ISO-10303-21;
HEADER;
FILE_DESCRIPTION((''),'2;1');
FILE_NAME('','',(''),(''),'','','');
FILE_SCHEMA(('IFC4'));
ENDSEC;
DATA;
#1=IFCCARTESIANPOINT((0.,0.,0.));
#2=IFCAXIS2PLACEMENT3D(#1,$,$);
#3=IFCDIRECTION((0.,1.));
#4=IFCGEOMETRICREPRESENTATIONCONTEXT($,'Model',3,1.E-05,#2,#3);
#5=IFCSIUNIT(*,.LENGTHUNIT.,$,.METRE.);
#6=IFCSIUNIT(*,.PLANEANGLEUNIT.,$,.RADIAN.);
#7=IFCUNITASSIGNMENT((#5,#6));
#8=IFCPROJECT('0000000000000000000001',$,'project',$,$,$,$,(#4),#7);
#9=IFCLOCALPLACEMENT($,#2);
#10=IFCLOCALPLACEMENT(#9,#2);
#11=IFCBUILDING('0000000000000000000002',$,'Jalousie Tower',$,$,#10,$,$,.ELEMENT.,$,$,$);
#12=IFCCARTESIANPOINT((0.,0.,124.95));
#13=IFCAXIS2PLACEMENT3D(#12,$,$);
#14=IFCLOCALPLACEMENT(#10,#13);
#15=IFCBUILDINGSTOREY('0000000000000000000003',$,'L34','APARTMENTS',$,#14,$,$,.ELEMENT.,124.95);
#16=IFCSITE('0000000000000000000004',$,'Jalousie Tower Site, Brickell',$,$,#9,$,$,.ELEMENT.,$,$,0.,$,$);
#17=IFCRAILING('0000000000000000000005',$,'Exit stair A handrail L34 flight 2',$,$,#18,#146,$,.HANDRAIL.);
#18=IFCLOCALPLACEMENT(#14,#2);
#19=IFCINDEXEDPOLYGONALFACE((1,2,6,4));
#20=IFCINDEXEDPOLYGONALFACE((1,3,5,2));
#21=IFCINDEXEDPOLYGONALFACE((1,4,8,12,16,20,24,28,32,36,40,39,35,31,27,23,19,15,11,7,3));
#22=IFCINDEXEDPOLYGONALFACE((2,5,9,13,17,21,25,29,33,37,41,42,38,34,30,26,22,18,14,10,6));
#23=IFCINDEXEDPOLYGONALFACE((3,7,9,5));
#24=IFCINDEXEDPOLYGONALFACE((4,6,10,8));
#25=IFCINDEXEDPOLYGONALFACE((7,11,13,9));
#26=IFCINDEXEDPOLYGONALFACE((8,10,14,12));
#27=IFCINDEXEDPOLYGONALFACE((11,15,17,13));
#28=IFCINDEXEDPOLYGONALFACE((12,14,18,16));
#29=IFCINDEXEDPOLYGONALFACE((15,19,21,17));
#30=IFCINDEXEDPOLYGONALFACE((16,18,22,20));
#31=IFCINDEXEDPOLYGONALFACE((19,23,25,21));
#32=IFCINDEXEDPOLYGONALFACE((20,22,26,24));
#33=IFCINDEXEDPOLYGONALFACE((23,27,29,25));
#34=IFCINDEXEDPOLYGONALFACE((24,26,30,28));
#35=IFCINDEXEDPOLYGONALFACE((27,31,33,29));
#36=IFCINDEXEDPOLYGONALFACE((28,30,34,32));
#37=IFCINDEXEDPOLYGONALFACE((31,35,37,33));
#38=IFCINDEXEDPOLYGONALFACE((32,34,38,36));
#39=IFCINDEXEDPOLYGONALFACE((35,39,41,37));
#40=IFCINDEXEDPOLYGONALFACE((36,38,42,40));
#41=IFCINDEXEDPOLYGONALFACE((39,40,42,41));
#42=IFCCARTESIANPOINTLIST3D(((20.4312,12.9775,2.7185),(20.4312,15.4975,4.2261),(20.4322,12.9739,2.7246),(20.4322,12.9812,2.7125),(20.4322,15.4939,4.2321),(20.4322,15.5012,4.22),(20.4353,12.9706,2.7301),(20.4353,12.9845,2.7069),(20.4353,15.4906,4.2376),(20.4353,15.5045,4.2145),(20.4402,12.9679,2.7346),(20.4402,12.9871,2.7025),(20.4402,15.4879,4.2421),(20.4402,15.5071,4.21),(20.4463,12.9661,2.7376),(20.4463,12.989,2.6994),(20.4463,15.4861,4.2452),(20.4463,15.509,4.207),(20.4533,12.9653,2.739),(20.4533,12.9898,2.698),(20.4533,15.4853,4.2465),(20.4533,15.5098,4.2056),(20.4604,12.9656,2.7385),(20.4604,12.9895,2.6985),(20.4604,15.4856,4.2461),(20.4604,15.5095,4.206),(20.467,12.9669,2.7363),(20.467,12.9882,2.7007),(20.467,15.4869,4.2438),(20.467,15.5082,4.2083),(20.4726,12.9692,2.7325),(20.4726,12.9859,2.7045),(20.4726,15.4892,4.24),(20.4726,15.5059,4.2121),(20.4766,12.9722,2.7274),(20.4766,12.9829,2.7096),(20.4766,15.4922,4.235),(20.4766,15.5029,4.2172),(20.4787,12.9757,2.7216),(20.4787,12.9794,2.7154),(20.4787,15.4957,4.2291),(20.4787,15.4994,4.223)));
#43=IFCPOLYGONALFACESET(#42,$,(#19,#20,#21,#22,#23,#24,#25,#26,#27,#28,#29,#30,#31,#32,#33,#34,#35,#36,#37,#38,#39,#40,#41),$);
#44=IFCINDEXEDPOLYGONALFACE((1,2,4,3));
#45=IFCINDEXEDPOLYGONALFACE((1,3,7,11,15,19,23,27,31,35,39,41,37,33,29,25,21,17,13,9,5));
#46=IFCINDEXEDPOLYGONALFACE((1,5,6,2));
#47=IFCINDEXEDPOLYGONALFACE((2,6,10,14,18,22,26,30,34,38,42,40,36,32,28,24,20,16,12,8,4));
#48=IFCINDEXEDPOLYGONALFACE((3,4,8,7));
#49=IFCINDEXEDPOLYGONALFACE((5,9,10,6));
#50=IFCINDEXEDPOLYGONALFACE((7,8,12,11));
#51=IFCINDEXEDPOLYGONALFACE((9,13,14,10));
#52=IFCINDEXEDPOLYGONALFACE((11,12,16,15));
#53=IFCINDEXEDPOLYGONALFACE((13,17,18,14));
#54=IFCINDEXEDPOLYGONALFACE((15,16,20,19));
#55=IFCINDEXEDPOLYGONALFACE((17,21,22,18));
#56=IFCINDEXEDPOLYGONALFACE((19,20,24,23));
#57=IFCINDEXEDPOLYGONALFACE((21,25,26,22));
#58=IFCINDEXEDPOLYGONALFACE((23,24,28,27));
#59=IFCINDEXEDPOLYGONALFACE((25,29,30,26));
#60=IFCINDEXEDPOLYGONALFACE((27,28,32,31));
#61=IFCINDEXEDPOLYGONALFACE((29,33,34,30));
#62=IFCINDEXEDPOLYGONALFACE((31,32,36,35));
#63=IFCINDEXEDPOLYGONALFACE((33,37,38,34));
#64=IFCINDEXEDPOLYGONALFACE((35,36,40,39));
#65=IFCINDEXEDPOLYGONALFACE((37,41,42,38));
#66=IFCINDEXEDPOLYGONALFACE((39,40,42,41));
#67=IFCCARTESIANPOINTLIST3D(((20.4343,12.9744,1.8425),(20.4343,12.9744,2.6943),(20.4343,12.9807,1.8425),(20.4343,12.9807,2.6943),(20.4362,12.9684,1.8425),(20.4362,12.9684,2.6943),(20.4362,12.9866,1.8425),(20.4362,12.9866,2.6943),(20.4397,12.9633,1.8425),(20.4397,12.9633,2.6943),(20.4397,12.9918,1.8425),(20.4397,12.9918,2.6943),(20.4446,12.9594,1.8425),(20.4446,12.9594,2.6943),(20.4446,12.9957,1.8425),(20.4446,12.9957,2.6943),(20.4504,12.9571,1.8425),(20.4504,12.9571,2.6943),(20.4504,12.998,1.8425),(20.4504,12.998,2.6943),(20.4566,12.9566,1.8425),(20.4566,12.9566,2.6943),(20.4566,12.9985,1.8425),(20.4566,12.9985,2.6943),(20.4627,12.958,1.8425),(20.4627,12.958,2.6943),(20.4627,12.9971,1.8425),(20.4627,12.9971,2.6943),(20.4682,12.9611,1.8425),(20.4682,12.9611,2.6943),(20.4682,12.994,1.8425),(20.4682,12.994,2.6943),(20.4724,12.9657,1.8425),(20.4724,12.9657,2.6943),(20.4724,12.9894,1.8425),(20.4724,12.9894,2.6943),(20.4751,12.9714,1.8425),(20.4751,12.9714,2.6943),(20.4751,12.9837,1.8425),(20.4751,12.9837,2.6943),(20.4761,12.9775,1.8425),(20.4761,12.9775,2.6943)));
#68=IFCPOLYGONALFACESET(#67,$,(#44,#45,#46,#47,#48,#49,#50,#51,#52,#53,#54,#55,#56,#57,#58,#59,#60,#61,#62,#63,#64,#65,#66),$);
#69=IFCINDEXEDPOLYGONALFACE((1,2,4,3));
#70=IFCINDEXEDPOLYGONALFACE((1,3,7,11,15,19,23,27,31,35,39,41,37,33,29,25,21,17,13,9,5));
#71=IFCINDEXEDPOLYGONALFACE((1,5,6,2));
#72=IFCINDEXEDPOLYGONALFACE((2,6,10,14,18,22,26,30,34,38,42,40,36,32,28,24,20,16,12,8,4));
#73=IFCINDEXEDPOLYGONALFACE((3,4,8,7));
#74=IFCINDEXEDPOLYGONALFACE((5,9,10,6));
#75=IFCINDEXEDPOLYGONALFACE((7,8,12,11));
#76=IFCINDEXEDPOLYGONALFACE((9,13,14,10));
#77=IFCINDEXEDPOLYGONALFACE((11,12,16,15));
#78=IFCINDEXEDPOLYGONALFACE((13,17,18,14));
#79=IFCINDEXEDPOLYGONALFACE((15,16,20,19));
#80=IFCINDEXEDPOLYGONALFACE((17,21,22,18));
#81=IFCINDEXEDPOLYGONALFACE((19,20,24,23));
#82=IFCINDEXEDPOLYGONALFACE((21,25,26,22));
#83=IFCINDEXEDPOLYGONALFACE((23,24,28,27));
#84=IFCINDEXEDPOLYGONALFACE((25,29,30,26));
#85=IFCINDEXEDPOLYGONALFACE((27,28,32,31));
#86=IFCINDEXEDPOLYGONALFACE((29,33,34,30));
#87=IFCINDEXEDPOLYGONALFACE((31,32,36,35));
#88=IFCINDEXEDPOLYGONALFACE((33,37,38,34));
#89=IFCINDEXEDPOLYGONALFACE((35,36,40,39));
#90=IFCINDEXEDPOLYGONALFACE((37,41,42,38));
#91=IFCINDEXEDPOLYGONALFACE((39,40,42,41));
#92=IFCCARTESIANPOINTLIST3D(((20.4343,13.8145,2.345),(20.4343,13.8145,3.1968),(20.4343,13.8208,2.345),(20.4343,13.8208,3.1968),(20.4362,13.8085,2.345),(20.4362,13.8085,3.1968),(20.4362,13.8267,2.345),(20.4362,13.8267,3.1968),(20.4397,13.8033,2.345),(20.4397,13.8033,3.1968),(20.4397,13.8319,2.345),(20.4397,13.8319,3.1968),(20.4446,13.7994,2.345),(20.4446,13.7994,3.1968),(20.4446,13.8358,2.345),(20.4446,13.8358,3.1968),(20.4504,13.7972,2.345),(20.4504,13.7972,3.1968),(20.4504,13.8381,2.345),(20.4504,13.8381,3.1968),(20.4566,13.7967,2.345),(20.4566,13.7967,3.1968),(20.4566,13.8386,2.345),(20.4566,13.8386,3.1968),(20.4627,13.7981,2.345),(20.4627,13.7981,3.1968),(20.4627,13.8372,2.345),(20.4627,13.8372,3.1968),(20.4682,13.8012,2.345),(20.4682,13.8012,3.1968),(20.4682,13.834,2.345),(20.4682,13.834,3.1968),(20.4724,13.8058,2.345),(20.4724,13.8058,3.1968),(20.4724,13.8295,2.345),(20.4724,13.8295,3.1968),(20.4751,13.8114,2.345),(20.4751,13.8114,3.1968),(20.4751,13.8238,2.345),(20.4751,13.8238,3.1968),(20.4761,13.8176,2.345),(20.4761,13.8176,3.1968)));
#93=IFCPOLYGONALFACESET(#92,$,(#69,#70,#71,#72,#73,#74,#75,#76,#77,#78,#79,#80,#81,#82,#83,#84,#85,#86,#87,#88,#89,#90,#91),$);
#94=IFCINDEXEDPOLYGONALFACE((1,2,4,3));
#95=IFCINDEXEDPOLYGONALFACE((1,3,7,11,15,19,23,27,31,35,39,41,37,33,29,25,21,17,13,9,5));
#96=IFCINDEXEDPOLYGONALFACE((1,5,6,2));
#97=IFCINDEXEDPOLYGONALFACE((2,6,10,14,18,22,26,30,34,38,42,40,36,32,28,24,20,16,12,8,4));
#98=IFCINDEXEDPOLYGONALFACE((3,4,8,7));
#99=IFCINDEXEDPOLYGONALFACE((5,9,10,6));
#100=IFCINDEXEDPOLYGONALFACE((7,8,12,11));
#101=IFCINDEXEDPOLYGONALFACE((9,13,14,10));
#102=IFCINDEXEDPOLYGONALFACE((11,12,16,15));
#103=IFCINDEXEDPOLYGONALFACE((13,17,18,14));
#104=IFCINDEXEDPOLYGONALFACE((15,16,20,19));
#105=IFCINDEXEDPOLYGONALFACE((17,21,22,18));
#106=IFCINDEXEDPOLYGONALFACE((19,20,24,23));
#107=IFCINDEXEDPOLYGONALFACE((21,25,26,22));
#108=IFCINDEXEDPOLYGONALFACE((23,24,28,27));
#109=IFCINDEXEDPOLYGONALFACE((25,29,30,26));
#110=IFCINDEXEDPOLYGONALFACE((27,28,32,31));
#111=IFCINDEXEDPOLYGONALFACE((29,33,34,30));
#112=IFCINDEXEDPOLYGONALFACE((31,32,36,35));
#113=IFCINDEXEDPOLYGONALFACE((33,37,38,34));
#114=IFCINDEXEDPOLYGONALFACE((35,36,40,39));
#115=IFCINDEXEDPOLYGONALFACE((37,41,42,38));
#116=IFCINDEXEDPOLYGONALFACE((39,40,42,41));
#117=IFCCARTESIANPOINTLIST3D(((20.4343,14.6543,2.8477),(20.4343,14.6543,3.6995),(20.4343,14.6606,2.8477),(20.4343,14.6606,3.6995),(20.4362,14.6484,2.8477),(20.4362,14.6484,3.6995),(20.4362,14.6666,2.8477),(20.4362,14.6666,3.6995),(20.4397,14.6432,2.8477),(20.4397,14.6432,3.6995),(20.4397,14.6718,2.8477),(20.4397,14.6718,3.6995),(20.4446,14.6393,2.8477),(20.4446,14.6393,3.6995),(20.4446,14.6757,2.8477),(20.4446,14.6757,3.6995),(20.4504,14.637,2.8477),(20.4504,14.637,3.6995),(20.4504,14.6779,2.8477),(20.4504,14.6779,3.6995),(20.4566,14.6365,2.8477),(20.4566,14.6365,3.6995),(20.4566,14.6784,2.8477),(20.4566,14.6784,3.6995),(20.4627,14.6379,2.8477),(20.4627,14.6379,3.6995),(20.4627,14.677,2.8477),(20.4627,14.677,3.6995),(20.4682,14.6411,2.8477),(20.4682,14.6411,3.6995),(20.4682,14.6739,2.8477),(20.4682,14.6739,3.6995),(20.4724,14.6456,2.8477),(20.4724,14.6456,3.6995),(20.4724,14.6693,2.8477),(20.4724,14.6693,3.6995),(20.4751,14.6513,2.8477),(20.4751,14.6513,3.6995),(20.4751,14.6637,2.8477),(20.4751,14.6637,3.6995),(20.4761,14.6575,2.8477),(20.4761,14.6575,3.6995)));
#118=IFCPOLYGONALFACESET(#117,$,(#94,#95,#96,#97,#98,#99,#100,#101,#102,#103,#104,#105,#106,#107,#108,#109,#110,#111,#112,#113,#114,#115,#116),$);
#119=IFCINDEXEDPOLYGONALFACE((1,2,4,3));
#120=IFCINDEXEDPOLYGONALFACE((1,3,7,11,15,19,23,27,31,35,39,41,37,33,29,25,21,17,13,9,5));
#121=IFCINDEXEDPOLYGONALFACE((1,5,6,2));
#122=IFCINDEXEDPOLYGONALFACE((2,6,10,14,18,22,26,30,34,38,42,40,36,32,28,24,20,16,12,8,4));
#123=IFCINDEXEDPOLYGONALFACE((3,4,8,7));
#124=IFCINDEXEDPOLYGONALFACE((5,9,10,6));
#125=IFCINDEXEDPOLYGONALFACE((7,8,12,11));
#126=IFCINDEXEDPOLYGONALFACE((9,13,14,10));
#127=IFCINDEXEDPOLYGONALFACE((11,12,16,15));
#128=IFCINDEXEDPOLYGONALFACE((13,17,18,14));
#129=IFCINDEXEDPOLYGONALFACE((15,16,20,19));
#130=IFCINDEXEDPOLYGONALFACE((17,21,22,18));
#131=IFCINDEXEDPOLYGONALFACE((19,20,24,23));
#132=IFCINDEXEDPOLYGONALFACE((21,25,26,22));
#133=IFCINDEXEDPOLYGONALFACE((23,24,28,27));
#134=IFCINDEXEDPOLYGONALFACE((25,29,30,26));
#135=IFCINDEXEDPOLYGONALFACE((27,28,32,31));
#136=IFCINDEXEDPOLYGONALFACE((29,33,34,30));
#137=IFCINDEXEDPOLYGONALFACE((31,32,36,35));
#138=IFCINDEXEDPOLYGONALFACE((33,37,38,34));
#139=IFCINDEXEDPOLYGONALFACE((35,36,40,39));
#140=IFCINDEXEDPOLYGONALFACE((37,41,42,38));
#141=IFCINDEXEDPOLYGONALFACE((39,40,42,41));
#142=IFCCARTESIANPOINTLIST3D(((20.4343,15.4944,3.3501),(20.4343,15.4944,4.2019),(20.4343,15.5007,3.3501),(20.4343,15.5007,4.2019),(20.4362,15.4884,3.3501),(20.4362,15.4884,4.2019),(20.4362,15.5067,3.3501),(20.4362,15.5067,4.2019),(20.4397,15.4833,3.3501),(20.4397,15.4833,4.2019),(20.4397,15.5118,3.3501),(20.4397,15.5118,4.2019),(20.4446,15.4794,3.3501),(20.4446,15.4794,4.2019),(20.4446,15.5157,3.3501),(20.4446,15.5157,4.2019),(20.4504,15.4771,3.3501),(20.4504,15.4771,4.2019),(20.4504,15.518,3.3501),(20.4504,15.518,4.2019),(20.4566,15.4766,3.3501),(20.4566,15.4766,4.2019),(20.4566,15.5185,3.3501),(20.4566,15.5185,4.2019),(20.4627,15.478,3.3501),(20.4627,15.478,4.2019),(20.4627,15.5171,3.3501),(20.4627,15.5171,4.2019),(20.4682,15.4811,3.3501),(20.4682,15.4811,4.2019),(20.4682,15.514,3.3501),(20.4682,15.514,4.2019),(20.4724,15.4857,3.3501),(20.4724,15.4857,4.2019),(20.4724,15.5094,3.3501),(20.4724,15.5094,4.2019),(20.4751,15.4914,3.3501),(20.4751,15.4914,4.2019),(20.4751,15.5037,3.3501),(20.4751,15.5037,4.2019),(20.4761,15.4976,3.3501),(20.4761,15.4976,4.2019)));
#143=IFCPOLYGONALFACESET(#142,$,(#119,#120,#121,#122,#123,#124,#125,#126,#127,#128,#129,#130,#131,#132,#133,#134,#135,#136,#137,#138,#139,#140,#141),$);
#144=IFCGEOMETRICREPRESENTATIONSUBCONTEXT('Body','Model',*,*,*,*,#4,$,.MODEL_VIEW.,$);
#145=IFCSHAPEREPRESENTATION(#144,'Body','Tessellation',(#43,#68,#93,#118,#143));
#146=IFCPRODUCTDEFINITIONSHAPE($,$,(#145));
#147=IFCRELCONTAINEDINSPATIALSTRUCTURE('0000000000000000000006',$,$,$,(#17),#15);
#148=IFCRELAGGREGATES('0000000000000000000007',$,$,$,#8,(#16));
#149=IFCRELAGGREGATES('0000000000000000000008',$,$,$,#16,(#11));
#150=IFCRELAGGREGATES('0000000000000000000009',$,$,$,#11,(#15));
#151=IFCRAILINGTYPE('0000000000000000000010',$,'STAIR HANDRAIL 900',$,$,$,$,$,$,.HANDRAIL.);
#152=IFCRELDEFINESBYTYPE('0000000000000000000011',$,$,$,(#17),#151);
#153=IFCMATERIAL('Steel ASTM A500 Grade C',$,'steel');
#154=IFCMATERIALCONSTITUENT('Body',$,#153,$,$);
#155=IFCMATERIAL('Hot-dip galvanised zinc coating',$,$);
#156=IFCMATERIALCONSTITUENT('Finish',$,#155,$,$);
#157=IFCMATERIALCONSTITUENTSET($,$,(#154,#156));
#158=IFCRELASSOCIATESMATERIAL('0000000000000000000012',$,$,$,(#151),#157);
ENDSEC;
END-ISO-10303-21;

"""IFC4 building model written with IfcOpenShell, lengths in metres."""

from ifc_helpers import new_model, si_unit, direction, frame, origin, origin_2d, place, context, subcontext, project, spatial, circle, extrude, material, constituent, constituent_set, type_object, element, save


model = new_model("IFC4")

# Units and contexts
model_context = context("Model", 3, precision=1e-05, world=origin(), true_north=direction((0.0, 1.0)))
body_context = subcontext(model_context, "Body", "Model", "MODEL_VIEW")
ifc_project = project(units=[si_unit("LENGTHUNIT", "METRE"), si_unit("PLANEANGLEUNIT", "RADIAN")], contexts=[model_context])

# Site, building, storey
site_placement = place(None, origin())
site = spatial("IfcSite", under=ifc_project, at=site_placement, Name="Jalousie Tower Site, Brickell", CompositionType="ELEMENT", RefElevation=0.0)
building_placement = place(site_placement, origin())
building = spatial("IfcBuilding", under=site, at=building_placement, Name="Jalousie Tower", CompositionType="ELEMENT")
storey_placement = place(building_placement, frame((0.0, 0.0, 124.95)))
storey = spatial("IfcBuildingStorey", under=building, at=storey_placement, Name="L34", Description="APARTMENTS", CompositionType="ELEMENT", Elevation=124.95)

# Railing
ifc_material_1 = material(Name="Steel ASTM A500 Grade C", Category="steel")
ifc_constituent_1 = constituent(ifc_material_1, Name="Body")
ifc_material_2 = material(Name="Hot-dip galvanised zinc coating")
ifc_constituent_2 = constituent(ifc_material_2, Name="Finish")
ifc_constituent_set_1 = constituent_set(constituents=[ifc_constituent_1, ifc_constituent_2])
railing_type_1 = type_object("IfcRailingType", Name="STAIR HANDRAIL 900", PredefinedType="HANDRAIL", material=ifc_constituent_set_1)
railing_1_placement = place(storey_placement, frame((20.4551, 12.9775, 1.8425)))
element("IfcRailing", 1, at=railing_1_placement, inside=storey, type_object=railing_type_1, Name="Exit stair A handrail L34 flight 2", PredefinedType="HANDRAIL", context=body_context, shape_type="SweptSolid", body=[
    extrude(circle(Radius=0.0239, at=origin_2d()), frame((0.0, 0.0, 0.876), z_axis=(0.0, 0.85816, 0.513383), x_axis=(-1.0, 0.0, 0.0)), (0.0, 0.0, 1.0), 2.9365),
    extrude(circle(Radius=0.021, at=origin_2d()), origin(), (0.0, 0.0, 1.0), 0.8518),
    extrude(circle(Radius=0.021, at=origin_2d()), frame((0.0, 0.8401, 0.5024)), (0.0, 0.0, 1.0), 0.8518),
    extrude(circle(Radius=0.021, at=origin_2d()), frame((0.0, 1.6799, 1.0051)), (0.0, 0.0, 1.0), 0.8518),
    extrude(circle(Radius=0.021, at=origin_2d()), frame((0.0, 2.52, 1.5076)), (0.0, 0.0, 1.0), 0.8518),
])

save(model, "model.ifc")
